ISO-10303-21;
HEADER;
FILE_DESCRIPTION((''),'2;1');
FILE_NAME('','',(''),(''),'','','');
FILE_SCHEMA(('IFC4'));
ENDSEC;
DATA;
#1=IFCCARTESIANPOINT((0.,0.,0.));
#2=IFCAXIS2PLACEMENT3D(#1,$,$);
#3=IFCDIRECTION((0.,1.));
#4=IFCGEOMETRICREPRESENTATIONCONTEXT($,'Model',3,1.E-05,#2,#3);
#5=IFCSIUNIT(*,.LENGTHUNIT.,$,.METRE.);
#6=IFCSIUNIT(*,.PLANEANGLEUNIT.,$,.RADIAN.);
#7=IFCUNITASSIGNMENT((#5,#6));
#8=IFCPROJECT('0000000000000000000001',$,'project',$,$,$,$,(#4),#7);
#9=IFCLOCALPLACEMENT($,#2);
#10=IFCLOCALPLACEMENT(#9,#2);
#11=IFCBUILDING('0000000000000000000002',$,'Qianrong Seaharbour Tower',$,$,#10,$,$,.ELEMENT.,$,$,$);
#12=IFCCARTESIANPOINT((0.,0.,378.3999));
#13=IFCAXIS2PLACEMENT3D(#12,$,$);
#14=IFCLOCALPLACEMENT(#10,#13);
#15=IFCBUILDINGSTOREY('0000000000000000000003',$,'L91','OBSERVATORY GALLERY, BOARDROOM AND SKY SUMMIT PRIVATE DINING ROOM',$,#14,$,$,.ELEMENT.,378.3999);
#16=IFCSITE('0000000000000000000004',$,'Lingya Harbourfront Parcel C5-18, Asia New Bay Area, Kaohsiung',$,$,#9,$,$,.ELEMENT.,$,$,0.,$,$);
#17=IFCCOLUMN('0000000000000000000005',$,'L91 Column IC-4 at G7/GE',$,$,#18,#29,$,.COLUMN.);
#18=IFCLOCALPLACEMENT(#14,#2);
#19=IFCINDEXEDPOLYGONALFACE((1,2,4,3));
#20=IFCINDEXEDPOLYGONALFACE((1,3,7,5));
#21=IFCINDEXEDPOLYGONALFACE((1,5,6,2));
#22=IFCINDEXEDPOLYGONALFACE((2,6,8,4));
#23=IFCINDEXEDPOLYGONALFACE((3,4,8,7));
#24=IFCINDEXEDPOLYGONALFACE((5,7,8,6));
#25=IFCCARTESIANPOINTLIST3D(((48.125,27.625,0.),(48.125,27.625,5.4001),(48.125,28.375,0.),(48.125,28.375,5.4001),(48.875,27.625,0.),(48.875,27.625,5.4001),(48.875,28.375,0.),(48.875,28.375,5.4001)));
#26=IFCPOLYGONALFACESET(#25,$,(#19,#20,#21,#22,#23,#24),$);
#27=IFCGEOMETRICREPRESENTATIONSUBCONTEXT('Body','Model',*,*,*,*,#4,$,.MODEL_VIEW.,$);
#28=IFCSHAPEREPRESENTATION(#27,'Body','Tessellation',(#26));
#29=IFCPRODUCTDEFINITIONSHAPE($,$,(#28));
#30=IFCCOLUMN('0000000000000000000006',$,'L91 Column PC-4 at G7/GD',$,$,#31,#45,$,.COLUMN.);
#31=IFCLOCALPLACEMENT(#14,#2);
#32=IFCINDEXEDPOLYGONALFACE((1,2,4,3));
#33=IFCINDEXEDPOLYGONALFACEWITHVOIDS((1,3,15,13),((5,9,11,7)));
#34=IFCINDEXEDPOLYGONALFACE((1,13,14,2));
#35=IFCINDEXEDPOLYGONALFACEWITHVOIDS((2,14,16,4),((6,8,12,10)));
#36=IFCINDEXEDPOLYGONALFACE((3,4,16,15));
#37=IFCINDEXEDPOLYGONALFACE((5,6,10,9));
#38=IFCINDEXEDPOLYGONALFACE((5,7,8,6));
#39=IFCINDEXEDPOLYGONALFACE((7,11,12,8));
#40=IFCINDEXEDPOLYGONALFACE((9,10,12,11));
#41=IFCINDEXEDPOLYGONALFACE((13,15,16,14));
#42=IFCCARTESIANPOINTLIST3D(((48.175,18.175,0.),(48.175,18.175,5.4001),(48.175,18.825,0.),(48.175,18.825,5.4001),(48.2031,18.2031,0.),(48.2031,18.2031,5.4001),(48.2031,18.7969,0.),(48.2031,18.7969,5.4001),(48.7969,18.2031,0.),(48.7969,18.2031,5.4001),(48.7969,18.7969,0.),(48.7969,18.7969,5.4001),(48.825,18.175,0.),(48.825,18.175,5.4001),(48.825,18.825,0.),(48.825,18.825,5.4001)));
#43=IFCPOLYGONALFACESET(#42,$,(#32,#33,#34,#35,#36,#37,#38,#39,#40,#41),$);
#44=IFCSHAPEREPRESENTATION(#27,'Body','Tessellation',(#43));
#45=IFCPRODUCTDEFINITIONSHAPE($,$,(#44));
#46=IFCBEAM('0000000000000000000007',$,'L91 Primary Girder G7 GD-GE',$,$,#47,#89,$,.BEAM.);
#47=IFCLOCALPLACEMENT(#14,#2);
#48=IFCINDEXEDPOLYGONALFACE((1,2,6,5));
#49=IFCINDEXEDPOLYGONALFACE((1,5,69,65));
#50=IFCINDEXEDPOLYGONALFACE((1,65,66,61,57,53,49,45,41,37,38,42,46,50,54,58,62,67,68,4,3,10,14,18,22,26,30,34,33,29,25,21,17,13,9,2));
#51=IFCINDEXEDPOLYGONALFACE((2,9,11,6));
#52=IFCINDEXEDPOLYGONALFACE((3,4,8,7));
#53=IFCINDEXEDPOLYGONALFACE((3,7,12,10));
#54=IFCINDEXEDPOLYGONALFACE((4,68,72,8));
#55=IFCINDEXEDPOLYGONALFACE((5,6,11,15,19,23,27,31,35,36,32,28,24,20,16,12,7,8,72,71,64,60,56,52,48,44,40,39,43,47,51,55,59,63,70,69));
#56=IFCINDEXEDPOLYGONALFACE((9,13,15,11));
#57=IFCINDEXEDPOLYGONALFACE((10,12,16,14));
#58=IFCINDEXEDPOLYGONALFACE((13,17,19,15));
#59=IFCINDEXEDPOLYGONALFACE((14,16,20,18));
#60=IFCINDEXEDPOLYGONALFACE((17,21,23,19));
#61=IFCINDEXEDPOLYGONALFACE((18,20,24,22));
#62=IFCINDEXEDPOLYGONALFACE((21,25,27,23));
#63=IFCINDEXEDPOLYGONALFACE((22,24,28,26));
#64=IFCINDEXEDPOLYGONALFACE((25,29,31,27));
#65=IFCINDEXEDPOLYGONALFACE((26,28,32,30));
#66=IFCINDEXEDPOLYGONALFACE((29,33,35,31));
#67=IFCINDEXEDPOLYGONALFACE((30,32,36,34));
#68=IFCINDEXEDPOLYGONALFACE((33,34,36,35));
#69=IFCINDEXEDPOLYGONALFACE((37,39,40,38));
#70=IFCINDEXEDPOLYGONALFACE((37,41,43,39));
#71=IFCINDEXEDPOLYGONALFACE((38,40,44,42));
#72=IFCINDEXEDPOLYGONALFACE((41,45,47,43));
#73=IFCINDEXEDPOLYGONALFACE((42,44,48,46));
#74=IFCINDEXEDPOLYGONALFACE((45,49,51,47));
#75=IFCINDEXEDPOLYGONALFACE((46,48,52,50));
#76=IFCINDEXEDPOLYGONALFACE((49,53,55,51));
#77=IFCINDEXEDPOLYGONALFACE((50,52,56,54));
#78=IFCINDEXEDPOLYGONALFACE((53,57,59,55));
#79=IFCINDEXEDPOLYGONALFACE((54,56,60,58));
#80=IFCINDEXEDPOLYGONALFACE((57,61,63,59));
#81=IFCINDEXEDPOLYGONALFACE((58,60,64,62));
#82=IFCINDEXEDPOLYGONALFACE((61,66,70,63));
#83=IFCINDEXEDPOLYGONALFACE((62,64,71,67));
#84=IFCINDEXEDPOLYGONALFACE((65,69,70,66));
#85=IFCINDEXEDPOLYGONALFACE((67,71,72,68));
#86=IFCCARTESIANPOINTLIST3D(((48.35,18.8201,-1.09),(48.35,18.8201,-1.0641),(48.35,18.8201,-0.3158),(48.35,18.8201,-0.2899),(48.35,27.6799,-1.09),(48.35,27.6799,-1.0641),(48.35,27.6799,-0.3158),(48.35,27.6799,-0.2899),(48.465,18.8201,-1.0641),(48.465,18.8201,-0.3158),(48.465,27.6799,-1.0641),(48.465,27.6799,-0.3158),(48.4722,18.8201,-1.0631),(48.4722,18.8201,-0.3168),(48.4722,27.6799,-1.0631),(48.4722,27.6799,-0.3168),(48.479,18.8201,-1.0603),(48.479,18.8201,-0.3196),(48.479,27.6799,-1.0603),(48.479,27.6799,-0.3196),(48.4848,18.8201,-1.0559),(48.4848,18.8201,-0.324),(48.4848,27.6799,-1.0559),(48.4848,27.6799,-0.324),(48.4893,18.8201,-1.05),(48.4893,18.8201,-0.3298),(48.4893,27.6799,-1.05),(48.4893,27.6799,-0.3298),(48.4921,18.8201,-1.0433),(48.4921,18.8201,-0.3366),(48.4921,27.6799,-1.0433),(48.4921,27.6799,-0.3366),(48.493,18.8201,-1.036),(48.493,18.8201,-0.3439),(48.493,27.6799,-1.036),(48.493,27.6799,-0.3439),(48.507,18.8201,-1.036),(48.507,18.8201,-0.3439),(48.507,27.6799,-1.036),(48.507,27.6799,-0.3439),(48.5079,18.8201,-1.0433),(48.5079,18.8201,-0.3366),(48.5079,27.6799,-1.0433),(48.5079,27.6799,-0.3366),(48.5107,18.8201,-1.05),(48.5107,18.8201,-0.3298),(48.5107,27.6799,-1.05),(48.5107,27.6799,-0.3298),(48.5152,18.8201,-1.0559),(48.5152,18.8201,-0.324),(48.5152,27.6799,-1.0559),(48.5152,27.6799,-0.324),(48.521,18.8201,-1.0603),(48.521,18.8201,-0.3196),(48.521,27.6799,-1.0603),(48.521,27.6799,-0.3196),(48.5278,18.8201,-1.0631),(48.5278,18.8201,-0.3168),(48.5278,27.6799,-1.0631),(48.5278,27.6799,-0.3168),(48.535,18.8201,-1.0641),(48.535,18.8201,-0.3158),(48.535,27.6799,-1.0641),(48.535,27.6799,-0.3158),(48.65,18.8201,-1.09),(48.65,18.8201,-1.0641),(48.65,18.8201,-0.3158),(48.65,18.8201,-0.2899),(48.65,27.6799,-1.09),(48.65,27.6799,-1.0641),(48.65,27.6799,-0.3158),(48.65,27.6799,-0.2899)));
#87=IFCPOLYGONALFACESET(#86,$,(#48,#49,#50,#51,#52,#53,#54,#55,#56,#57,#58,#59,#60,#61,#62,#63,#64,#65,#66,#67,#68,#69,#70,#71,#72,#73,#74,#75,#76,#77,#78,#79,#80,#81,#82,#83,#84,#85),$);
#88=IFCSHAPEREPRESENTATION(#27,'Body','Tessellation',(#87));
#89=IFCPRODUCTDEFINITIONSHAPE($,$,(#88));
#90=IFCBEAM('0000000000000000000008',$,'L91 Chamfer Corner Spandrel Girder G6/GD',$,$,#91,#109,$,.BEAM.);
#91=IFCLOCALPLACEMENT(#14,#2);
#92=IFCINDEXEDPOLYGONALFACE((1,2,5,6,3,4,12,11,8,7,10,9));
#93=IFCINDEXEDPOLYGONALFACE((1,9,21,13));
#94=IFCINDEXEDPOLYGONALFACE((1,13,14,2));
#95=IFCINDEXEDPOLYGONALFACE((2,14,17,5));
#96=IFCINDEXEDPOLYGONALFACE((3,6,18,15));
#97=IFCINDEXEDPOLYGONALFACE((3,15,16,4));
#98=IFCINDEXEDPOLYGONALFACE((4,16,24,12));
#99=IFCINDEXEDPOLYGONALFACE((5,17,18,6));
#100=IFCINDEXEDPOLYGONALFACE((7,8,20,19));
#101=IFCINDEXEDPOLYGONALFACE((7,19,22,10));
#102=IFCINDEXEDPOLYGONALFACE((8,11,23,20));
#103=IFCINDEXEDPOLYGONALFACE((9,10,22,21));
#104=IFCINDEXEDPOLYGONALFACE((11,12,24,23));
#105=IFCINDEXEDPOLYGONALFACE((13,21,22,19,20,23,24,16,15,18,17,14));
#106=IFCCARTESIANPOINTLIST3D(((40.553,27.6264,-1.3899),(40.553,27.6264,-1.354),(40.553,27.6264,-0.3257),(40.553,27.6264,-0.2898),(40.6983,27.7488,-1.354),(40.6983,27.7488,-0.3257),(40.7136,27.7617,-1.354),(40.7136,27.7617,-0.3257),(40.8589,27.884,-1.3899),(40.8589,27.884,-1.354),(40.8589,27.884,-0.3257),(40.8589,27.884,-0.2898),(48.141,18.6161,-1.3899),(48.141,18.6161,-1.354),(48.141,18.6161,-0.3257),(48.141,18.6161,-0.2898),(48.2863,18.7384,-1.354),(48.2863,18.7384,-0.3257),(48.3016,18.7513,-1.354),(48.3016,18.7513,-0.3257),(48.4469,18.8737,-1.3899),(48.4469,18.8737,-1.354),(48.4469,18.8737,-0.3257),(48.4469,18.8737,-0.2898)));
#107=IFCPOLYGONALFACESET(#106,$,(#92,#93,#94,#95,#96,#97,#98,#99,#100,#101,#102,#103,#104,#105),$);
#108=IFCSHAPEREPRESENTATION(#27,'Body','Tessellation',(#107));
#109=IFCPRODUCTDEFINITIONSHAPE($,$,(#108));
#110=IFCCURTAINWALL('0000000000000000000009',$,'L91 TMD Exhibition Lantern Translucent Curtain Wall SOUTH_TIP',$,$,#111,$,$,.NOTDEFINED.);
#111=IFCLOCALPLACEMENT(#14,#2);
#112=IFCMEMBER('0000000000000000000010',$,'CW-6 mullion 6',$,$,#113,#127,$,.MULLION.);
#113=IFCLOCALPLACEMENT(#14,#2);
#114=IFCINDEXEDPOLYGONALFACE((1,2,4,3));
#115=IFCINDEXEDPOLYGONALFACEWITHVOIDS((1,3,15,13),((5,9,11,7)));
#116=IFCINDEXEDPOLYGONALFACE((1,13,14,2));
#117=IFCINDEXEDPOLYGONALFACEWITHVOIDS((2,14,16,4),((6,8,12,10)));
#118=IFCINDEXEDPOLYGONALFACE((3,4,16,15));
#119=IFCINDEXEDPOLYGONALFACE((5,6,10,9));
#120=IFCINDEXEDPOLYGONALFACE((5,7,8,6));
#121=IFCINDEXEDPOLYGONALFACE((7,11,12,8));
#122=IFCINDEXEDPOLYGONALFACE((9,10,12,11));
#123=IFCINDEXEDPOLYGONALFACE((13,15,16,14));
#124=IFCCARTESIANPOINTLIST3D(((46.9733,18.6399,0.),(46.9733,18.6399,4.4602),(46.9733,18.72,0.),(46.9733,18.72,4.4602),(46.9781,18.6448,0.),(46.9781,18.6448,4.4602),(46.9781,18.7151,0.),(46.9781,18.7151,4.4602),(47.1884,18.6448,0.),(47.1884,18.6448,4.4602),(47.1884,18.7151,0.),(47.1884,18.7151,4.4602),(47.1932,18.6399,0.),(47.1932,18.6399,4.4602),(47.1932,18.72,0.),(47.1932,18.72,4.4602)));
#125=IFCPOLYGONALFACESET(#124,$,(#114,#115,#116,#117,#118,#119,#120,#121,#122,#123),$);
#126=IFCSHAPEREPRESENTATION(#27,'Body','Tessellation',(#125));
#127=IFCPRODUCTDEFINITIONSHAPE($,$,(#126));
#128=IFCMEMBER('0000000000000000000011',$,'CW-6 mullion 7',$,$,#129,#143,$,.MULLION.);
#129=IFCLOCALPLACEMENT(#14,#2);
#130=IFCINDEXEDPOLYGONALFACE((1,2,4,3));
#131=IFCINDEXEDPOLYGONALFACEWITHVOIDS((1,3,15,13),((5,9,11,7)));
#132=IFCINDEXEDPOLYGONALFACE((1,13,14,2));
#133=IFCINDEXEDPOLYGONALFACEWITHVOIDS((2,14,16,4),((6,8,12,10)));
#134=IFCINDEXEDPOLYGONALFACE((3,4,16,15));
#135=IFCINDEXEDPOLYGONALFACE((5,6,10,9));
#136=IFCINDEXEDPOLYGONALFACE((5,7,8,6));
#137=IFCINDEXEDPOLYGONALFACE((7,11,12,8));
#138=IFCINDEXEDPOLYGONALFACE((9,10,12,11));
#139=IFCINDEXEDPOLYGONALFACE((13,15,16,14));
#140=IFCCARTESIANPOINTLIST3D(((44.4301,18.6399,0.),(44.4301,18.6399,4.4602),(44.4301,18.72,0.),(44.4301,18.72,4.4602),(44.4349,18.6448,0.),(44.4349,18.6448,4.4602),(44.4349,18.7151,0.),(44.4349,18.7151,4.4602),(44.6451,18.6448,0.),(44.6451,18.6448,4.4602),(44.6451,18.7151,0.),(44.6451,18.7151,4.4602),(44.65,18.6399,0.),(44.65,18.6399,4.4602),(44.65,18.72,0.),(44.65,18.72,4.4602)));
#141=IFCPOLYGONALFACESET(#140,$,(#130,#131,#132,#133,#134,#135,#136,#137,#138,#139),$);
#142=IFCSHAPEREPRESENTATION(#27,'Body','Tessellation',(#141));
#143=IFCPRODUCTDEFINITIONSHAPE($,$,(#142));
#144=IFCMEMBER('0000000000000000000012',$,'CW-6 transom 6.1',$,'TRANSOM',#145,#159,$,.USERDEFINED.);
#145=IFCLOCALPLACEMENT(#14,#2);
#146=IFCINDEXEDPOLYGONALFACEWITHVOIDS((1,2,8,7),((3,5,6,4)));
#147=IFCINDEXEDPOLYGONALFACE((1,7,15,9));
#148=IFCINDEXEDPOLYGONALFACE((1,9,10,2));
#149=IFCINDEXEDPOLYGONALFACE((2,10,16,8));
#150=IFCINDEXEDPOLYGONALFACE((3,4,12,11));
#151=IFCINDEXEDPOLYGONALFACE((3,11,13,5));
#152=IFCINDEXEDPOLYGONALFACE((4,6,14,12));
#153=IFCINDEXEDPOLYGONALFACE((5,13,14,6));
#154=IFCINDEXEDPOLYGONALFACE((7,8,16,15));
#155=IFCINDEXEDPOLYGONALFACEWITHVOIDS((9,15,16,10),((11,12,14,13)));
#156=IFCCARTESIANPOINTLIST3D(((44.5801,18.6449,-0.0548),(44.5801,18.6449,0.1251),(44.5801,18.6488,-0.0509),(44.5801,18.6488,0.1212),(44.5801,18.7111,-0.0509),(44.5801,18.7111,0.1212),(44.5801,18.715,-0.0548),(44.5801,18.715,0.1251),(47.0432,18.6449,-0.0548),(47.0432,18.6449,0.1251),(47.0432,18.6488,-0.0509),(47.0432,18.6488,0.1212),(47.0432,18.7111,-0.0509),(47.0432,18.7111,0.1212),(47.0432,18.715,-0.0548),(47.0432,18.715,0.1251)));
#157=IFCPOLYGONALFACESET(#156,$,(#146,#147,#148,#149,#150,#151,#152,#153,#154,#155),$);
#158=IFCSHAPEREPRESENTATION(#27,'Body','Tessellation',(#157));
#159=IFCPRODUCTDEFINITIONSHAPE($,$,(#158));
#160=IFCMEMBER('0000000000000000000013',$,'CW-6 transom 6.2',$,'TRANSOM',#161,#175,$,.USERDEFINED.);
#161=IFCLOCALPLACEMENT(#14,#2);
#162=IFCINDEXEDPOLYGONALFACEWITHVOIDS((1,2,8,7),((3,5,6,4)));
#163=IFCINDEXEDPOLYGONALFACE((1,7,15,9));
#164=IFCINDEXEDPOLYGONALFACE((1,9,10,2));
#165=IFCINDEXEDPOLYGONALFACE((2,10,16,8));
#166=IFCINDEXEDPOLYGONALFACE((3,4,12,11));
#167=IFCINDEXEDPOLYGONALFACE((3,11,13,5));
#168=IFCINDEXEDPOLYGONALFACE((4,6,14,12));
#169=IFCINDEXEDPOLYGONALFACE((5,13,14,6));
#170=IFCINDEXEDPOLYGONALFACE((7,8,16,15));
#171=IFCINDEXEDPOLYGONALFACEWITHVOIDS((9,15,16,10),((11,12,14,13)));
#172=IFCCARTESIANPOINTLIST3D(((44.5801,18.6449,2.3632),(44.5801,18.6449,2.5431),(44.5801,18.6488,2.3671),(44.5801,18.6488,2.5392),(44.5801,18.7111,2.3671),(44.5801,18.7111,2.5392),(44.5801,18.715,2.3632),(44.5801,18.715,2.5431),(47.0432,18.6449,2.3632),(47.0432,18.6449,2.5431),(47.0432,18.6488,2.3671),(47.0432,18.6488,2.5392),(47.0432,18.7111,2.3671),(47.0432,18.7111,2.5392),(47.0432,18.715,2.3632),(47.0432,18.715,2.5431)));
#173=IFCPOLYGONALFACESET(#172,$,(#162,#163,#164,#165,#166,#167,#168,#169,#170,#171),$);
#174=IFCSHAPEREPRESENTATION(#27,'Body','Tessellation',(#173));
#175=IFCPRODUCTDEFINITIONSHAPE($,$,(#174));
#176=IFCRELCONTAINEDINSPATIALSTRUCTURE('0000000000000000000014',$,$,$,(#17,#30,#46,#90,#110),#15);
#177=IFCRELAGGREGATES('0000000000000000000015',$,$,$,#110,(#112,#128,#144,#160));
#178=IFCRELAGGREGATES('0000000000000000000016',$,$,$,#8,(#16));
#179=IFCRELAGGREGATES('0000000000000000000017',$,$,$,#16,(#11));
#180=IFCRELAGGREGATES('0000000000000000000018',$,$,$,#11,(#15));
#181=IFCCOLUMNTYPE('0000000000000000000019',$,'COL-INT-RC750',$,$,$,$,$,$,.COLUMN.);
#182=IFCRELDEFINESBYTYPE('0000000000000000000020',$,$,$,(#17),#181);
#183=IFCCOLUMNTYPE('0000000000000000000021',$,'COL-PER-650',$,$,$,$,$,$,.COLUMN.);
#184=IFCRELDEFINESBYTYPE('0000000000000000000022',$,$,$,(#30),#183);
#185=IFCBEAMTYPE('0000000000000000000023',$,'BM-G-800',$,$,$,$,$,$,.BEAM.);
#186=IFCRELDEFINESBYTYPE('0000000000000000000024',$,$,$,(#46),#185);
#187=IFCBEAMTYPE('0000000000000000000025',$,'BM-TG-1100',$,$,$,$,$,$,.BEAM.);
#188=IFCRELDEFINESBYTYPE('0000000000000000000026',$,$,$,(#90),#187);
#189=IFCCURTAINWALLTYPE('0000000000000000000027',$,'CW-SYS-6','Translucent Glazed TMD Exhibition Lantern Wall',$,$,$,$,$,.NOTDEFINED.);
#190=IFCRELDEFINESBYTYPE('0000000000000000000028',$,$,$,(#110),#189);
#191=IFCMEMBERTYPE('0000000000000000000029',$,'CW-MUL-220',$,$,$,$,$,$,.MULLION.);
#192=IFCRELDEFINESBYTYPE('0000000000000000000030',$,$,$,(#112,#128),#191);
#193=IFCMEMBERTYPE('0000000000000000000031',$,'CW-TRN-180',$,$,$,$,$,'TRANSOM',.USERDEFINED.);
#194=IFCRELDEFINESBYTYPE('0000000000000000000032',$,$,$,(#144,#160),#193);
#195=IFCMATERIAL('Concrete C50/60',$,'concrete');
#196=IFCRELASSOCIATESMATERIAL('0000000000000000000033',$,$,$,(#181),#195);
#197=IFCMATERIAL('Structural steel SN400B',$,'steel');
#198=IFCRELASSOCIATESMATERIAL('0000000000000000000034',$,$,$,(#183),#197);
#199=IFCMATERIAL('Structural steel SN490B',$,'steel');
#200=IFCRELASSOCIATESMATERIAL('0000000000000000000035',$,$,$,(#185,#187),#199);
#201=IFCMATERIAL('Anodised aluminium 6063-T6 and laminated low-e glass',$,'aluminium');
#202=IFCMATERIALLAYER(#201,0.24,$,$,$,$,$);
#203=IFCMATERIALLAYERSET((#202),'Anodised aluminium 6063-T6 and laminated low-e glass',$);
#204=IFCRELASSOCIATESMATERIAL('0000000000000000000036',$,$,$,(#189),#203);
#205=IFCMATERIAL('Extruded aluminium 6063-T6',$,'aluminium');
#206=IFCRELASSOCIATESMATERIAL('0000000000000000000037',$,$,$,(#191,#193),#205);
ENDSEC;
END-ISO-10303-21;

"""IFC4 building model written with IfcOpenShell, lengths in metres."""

from ifc_helpers import new_model, si_unit, direction, frame, origin, origin_2d, place, context, subcontext, project, spatial, rectangle, hollow_rectangle, i_section, extrude, material, layer, layer_set, material_profile, profile_set, type_object, element, aggregate, save


model = new_model("IFC4")

# Units and contexts
model_context = context("Model", 3, precision=1e-05, world=origin(), true_north=direction((0.0, 1.0)))
body_context = subcontext(model_context, "Body", "Model", "MODEL_VIEW")
ifc_project = project(units=[si_unit("LENGTHUNIT", "METRE"), si_unit("PLANEANGLEUNIT", "RADIAN")], contexts=[model_context])

# Site, building, storey
site_placement = place(None, origin())
site = spatial("IfcSite", under=ifc_project, at=site_placement, Name="Lingya Harbourfront Parcel C5-18, Asia New Bay Area, Kaohsiung", CompositionType="ELEMENT", RefElevation=0.0)
building_placement = place(site_placement, origin())
building = spatial("IfcBuilding", under=site, at=building_placement, Name="Qianrong Seaharbour Tower", CompositionType="ELEMENT")
storey_placement = place(building_placement, frame((0.0, 0.0, 378.3999)))
storey = spatial("IfcBuildingStorey", under=building, at=storey_placement, Name="L91", Description="OBSERVATORY GALLERY, BOARDROOM AND SKY SUMMIT PRIVATE DINING ROOM", CompositionType="ELEMENT", Elevation=378.3999)

# Columns
ifc_material_1 = material(Name="Concrete C50/60", Category="concrete")
ifc_material_profile_1 = material_profile(ifc_material_1, rectangle(XDim=0.75, YDim=0.75, at=origin_2d()), Name="RC750x750")
ifc_profile_set_1 = profile_set([ifc_material_profile_1], Name="Concrete C50/60")
column_type_1 = type_object("IfcColumnType", Name="COL-INT-RC750", PredefinedType="COLUMN", material=ifc_profile_set_1)
column_1_placement = place(storey_placement, frame((48.5, 28.0, 0.0), z_axis=(0.0, 0.0, 1.0), x_axis=(1.0, 0.0, 0.0)))
element("IfcColumn", 1, at=column_1_placement, inside=storey, type_object=column_type_1, Name="L91 Column IC-4 at G7/GE", PredefinedType="COLUMN", context=body_context, shape_type="SweptSolid", body=[
    extrude(rectangle(XDim=0.75, YDim=0.75, at=origin_2d()), origin(), (0.0, 0.0, 1.0), 5.4001),
])
ifc_material_2 = material(Name="Structural steel SN400B", Category="steel")
ifc_material_profile_2 = material_profile(ifc_material_2, hollow_rectangle(XDim=0.6499, YDim=0.6499, WallThickness=0.0281, at=origin_2d()), Name="BOX650x650x28")
ifc_profile_set_2 = profile_set([ifc_material_profile_2], Name="Structural steel SN400B")
column_type_2 = type_object("IfcColumnType", Name="COL-PER-650", PredefinedType="COLUMN", material=ifc_profile_set_2)
column_2_placement = place(storey_placement, frame((48.5, 18.5, 0.0), z_axis=(0.0, 0.0, 1.0), x_axis=(1.0, 0.0, 0.0)))
element("IfcColumn", 2, at=column_2_placement, inside=storey, type_object=column_type_2, Name="L91 Column PC-4 at G7/GD", PredefinedType="COLUMN", context=body_context, shape_type="SweptSolid", body=[
    extrude(hollow_rectangle(XDim=0.6499, YDim=0.6499, WallThickness=0.0281, at=origin_2d()), origin(), (0.0, 0.0, 1.0), 5.4001),
])

# Beams
ifc_material_3 = material(Name="Structural steel SN490B", Category="steel")
ifc_material_profile_3 = material_profile(ifc_material_3, i_section(OverallWidth=0.3, OverallDepth=0.8, WebThickness=0.0139, FlangeThickness=0.0259, FilletRadius=0.0281, at=origin_2d()), Name="H800x300x14x26")
ifc_profile_set_3 = profile_set([ifc_material_profile_3], Name="Structural steel SN490B")
beam_type_1 = type_object("IfcBeamType", Name="BM-G-800", PredefinedType="BEAM", material=ifc_profile_set_3)
beam_1_placement = place(storey_placement, frame((48.5, 18.8201, -0.6899), z_axis=(0.0, 1.0, 0.0), x_axis=(-1.0, 0.0, 0.0)))
element("IfcBeam", 3, at=beam_1_placement, inside=storey, type_object=beam_type_1, Name="L91 Primary Girder G7 GD-GE", PredefinedType="BEAM", context=body_context, shape_type="SweptSolid", body=[
    extrude(i_section(OverallWidth=0.3, OverallDepth=0.8, WebThickness=0.0139, FlangeThickness=0.0259, FilletRadius=0.0281, at=origin_2d()), origin(), (0.0, 0.0, 1.0), 8.8599),
])
ifc_material_profile_4 = material_profile(ifc_material_3, i_section(OverallWidth=0.3999, OverallDepth=1.1001, WebThickness=0.02, FlangeThickness=0.0359, at=origin_2d()), Name="BH1100x400x20x36")
ifc_profile_set_4 = profile_set([ifc_material_profile_4], Name="Structural steel SN490B")
beam_type_2 = type_object("IfcBeamType", Name="BM-TG-1100", PredefinedType="BEAM", material=ifc_profile_set_4)
beam_2_placement = place(storey_placement, frame((48.2939, 18.7449, -0.8398), z_axis=(-0.644151, 0.764898, 0.0), x_axis=(-0.764898, -0.644151, 0.0)))
element("IfcBeam", 4, at=beam_2_placement, inside=storey, type_object=beam_type_2, Name="L91 Chamfer Corner Spandrel Girder G6/GD", PredefinedType="BEAM", context=body_context, shape_type="SweptSolid", body=[
    extrude(i_section(OverallWidth=0.3999, OverallDepth=1.1001, WebThickness=0.02, FlangeThickness=0.0359, at=origin_2d()), origin(), (0.0, 0.0, 1.0), 11.7798),
])

# Curtain wall, members
ifc_material_4 = material(Name="Anodised aluminium 6063-T6 and laminated low-e glass", Category="aluminium")
ifc_layer_1 = layer(ifc_material_4, 0.24)
ifc_layer_set_1 = layer_set([ifc_layer_1], Name="Anodised aluminium 6063-T6 and laminated low-e glass")
curtain_wall_type = type_object("IfcCurtainWallType", Name="CW-SYS-6", Description="Translucent Glazed TMD Exhibition Lantern Wall", PredefinedType="NOTDEFINED", material=ifc_layer_set_1)
curtain_wall_placement = place(storey_placement, origin())
curtain_wall = element("IfcCurtainWall", 5, at=curtain_wall_placement, inside=storey, type_object=curtain_wall_type, Name="L91 TMD Exhibition Lantern Translucent Curtain Wall SOUTH_TIP", PredefinedType="NOTDEFINED")
ifc_material_5 = material(Name="Extruded aluminium 6063-T6", Category="aluminium")
ifc_material_profile_5 = material_profile(ifc_material_5, hollow_rectangle(XDim=0.0801, YDim=0.22, WallThickness=0.0049, at=origin_2d()), Name="ALU-MUL-220x80x5")
ifc_profile_set_5 = profile_set([ifc_material_profile_5], Name="Extruded aluminium 6063-T6")
member_type_1 = type_object("IfcMemberType", Name="CW-MUL-220", PredefinedType="MULLION", material=ifc_profile_set_5)
member_1_placement = place(storey_placement, frame((47.0833, 18.6799, 0.0), z_axis=(0.0, 0.0, 1.0), x_axis=(0.0, -1.0, 0.0)))
member_1 = element("IfcMember", 6, at=member_1_placement, type_object=member_type_1, Name="CW-6 mullion 6", PredefinedType="MULLION", context=body_context, shape_type="SweptSolid", body=[
    extrude(hollow_rectangle(XDim=0.0801, YDim=0.22, WallThickness=0.0049, at=origin_2d()), origin(), (0.0, 0.0, 1.0), 4.4602),
])
member_2_placement = place(storey_placement, frame((44.54, 18.6799, 0.0), z_axis=(0.0, 0.0, 1.0), x_axis=(0.0, -1.0, 0.0)))
member_2 = element("IfcMember", 7, at=member_2_placement, type_object=member_type_1, Name="CW-6 mullion 7", PredefinedType="MULLION", context=body_context, shape_type="SweptSolid", body=[
    extrude(hollow_rectangle(XDim=0.0801, YDim=0.22, WallThickness=0.0049, at=origin_2d()), origin(), (0.0, 0.0, 1.0), 4.4602),
])
ifc_material_profile_6 = material_profile(ifc_material_5, hollow_rectangle(XDim=0.0701, YDim=0.1799, WallThickness=0.0039, at=origin_2d()), Name="ALU-TRN-180x70x4")
ifc_profile_set_6 = profile_set([ifc_material_profile_6], Name="Extruded aluminium 6063-T6")
member_type_2 = type_object("IfcMemberType", Name="CW-TRN-180", ElementType="TRANSOM", PredefinedType="USERDEFINED", material=ifc_profile_set_6)
member_3_placement = place(storey_placement, frame((47.0432, 18.6799, 0.0352), z_axis=(-1.0, 0.0, 0.0), x_axis=(0.0, -1.0, 0.0)))
member_3 = element("IfcMember", 8, at=member_3_placement, type_object=member_type_2, Name="CW-6 transom 6.1", ObjectType="TRANSOM", PredefinedType="USERDEFINED", context=body_context, shape_type="SweptSolid", body=[
    extrude(hollow_rectangle(XDim=0.0701, YDim=0.1799, WallThickness=0.0039, at=origin_2d()), origin(), (0.0, 0.0, 1.0), 2.4631),
])
member_4_placement = place(storey_placement, frame((47.0432, 18.6799, 2.4531), z_axis=(-1.0, 0.0, 0.0), x_axis=(0.0, -1.0, 0.0)))
member_4 = element("IfcMember", 9, at=member_4_placement, type_object=member_type_2, Name="CW-6 transom 6.2", ObjectType="TRANSOM", PredefinedType="USERDEFINED", context=body_context, shape_type="SweptSolid", body=[
    extrude(hollow_rectangle(XDim=0.0701, YDim=0.1799, WallThickness=0.0039, at=origin_2d()), origin(), (0.0, 0.0, 1.0), 2.4631),
])
aggregate(curtain_wall, [member_1, member_2, member_3, member_4])

save(model, "model.ifc")
